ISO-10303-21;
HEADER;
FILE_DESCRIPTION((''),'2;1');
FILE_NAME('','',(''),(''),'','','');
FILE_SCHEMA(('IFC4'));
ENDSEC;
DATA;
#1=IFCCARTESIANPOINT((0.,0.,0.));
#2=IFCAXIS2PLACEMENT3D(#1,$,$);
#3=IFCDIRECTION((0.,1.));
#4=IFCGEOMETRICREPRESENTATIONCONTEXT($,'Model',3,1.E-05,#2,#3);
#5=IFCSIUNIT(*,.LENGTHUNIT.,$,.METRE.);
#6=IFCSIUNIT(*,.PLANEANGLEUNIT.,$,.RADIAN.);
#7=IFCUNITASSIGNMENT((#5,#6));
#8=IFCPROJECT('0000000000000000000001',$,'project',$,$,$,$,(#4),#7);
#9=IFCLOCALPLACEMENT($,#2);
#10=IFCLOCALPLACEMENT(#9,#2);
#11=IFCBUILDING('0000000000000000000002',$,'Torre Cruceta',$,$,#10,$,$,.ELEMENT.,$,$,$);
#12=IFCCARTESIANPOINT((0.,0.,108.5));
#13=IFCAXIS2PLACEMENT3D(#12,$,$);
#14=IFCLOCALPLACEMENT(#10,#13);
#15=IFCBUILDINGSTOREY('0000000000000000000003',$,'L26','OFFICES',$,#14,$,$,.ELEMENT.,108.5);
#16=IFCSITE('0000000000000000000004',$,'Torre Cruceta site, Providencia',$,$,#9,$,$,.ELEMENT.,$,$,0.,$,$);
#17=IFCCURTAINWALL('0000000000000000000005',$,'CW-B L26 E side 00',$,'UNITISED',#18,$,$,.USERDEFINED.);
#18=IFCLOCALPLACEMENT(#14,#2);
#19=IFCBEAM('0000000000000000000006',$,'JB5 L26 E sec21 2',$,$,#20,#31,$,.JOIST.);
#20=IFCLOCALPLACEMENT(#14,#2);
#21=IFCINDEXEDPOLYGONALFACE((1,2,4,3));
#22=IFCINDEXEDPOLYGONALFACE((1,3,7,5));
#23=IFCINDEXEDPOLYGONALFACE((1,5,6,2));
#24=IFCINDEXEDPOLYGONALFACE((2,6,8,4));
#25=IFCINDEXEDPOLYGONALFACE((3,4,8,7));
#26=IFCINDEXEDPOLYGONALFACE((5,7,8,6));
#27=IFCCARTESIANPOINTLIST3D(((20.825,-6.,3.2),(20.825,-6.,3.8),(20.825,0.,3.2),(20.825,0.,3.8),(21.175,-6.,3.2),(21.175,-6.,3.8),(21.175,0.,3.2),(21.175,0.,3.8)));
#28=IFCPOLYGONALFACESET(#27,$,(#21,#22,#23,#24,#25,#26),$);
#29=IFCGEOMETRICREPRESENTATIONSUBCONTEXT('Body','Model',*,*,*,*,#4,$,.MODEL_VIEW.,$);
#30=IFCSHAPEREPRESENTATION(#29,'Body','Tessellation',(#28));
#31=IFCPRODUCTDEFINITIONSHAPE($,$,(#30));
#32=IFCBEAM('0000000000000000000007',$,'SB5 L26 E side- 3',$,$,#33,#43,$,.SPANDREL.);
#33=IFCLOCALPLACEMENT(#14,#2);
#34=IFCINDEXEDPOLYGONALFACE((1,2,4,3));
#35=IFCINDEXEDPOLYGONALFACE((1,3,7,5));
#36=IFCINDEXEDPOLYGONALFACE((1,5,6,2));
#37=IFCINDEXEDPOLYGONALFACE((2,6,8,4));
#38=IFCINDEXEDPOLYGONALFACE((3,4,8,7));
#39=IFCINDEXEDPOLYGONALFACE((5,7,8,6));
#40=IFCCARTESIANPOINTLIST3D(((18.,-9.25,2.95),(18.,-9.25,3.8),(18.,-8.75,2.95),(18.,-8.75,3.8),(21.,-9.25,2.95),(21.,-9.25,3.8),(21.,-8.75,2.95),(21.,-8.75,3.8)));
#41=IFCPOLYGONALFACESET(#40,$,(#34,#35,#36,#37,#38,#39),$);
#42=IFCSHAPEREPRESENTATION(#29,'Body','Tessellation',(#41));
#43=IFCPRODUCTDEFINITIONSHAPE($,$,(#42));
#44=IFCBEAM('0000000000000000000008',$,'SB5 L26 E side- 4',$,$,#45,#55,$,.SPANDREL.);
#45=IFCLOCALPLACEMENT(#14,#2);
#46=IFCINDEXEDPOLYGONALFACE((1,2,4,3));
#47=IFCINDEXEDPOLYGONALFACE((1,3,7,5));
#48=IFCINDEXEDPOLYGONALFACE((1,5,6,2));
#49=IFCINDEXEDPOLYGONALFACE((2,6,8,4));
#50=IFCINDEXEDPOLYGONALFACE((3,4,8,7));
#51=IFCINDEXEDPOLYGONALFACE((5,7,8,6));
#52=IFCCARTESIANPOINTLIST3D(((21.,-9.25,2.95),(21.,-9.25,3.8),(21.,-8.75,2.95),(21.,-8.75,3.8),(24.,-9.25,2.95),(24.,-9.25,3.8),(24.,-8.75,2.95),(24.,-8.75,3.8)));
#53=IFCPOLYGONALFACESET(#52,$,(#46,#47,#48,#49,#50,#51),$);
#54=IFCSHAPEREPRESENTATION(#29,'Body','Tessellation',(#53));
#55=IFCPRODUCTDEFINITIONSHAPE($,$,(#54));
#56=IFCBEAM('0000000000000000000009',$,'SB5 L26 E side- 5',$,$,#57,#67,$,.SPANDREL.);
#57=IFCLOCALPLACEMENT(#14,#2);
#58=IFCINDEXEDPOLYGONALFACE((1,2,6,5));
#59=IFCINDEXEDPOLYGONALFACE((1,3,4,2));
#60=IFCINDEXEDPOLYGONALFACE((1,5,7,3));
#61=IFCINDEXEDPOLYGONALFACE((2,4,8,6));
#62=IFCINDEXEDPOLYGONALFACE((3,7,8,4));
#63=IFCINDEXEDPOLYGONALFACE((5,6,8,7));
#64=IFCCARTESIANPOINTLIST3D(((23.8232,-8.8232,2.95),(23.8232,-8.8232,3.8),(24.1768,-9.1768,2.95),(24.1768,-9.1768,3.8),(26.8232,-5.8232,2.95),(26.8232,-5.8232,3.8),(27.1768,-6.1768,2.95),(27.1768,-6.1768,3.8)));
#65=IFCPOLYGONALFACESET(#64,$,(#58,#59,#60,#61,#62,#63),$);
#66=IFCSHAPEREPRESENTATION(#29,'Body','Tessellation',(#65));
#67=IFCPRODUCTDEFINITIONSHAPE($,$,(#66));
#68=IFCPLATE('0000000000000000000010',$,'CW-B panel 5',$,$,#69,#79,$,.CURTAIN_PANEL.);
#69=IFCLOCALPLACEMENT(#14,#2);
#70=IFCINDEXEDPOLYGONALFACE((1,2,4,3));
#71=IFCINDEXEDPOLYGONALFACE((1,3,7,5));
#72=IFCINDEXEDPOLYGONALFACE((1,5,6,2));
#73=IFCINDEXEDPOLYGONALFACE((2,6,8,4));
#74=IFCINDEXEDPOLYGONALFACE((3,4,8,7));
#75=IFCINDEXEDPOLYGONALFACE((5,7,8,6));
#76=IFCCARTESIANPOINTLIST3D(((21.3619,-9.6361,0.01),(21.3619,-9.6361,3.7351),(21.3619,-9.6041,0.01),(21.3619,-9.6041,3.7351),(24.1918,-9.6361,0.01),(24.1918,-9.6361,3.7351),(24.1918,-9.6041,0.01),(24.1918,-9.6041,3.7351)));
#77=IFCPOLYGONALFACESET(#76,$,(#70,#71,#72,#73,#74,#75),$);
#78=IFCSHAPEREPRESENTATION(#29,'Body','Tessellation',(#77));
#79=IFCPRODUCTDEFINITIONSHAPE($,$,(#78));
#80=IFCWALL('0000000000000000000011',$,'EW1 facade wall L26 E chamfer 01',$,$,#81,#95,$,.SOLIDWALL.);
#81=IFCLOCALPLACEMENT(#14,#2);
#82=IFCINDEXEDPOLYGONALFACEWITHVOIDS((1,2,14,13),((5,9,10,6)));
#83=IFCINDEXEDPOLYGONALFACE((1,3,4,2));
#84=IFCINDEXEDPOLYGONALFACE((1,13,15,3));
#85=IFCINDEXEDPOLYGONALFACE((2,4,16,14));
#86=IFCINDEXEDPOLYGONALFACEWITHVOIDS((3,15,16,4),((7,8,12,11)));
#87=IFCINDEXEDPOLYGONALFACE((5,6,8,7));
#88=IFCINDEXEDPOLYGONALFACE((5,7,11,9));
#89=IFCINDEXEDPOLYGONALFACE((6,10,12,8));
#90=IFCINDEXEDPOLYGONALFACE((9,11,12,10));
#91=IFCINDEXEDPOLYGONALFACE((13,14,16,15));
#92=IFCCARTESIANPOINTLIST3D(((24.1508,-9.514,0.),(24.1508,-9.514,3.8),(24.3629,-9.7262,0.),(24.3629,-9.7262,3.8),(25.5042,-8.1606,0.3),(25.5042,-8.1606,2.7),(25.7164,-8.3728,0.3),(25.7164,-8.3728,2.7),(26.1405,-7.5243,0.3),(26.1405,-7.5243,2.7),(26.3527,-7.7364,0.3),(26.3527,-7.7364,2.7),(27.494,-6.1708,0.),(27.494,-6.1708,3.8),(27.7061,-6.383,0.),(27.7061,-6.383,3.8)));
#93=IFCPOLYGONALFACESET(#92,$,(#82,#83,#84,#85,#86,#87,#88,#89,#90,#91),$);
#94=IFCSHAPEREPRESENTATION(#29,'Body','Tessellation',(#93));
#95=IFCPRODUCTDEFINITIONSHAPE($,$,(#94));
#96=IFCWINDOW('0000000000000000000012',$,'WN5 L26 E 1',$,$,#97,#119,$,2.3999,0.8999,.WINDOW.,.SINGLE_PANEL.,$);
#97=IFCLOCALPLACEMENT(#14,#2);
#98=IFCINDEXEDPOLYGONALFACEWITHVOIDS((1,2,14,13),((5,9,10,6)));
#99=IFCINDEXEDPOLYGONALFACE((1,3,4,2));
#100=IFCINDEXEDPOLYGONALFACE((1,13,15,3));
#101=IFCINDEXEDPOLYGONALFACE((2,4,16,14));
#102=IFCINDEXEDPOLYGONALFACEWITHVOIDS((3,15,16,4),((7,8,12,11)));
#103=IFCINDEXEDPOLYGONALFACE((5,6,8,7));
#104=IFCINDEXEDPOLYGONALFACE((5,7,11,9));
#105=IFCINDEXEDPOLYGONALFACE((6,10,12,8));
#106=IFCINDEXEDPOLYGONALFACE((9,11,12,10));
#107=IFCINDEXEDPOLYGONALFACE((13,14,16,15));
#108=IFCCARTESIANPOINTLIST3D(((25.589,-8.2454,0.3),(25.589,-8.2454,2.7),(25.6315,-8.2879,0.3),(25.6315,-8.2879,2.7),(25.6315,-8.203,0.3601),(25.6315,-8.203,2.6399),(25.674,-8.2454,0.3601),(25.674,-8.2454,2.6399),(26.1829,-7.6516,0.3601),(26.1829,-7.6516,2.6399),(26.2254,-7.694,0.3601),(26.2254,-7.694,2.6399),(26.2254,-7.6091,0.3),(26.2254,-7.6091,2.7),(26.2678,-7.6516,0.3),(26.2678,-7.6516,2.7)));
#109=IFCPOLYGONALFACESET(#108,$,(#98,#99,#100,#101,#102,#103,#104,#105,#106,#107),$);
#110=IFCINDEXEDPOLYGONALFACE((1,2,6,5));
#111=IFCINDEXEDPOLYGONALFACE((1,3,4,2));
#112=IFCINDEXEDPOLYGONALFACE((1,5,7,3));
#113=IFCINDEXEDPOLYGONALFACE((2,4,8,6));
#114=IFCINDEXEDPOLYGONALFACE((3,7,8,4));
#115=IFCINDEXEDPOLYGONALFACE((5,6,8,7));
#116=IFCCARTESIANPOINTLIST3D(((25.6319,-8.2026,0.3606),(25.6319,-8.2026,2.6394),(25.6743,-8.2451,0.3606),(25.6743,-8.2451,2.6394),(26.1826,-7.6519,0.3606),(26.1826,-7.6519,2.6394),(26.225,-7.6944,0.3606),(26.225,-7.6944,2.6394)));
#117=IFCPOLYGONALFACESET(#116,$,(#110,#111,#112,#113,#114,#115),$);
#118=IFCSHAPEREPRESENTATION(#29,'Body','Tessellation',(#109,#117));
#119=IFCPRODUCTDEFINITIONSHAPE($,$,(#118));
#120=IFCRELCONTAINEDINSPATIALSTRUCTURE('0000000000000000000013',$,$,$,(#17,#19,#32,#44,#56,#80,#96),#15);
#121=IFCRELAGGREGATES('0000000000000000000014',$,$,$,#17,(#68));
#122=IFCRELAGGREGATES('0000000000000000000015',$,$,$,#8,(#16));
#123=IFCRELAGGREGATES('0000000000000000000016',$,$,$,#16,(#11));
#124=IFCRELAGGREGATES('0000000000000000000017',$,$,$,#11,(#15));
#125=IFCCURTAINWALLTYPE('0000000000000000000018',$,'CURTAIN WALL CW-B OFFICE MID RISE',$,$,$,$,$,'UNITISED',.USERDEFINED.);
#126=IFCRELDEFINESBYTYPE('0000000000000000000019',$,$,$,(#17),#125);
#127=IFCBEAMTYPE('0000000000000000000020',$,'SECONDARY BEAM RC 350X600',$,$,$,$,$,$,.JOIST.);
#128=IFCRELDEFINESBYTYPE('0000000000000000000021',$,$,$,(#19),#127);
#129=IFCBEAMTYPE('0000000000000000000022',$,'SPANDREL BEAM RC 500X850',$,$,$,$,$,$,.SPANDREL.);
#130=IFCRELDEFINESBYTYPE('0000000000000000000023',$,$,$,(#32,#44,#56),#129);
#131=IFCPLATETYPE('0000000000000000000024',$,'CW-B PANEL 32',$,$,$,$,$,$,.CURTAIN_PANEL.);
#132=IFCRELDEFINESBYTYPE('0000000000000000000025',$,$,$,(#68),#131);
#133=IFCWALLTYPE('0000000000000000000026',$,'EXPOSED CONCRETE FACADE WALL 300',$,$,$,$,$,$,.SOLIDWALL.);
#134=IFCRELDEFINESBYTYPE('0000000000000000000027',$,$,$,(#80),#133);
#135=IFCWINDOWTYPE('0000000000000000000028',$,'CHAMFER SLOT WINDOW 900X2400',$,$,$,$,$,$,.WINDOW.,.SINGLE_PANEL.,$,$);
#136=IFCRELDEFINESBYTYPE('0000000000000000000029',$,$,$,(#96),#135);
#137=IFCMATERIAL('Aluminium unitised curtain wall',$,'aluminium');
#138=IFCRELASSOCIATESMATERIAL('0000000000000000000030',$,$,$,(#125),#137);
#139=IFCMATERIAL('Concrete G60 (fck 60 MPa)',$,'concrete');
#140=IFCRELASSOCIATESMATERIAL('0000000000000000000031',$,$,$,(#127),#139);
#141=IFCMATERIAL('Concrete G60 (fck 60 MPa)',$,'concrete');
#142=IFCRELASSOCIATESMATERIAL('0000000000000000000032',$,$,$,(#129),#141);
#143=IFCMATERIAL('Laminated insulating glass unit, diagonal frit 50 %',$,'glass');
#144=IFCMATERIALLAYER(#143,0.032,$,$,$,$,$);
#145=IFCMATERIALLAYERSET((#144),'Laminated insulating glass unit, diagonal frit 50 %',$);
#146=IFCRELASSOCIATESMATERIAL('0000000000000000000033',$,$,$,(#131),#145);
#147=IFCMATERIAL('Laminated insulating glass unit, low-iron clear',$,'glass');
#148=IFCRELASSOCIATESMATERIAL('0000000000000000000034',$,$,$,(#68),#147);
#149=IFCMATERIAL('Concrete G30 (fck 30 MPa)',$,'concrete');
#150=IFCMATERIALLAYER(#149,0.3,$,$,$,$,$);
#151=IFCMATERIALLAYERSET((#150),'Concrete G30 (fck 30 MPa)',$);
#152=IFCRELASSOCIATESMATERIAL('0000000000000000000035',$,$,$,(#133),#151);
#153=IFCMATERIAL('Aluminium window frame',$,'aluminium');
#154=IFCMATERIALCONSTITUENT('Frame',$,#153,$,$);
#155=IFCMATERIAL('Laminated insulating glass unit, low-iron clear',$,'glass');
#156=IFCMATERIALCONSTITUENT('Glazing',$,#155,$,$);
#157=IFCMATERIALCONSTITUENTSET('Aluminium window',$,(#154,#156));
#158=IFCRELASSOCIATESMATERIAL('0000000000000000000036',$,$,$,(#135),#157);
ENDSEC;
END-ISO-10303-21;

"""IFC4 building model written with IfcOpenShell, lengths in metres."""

from ifc_helpers import new_model, si_unit, direction, frame, frame_2d, origin, origin_2d, place, context, subcontext, project, spatial, rectangle, hollow_rectangle, extrude, material, layer, layer_set, constituent, constituent_set, material_profile, profile_set, type_object, element, fill, aggregate, save


model = new_model("IFC4")

# Units and contexts
model_context = context("Model", 3, precision=1e-05, world=origin(), true_north=direction((0.0, 1.0)))
body_context = subcontext(model_context, "Body", "Model", "MODEL_VIEW")
ifc_project = project(units=[si_unit("LENGTHUNIT", "METRE"), si_unit("PLANEANGLEUNIT", "RADIAN")], contexts=[model_context])

# Site, building, storey
site_placement = place(None, origin())
site = spatial("IfcSite", under=ifc_project, at=site_placement, Name="Torre Cruceta site, Providencia", CompositionType="ELEMENT", RefElevation=0.0)
building_placement = place(site_placement, origin())
building = spatial("IfcBuilding", under=site, at=building_placement, Name="Torre Cruceta", CompositionType="ELEMENT")
storey_placement = place(building_placement, frame((0.0, 0.0, 108.5)))
storey = spatial("IfcBuildingStorey", under=building, at=storey_placement, Name="L26", Description="OFFICES", CompositionType="ELEMENT", Elevation=108.5)

# Curtain wall
ifc_material_1 = material(Name="Aluminium unitised curtain wall", Category="aluminium")
curtain_wall_type = type_object("IfcCurtainWallType", Name="CURTAIN WALL CW-B OFFICE MID RISE", ElementType="UNITISED", PredefinedType="USERDEFINED", material=ifc_material_1)
curtain_wall_placement = place(storey_placement, origin())
curtain_wall = element("IfcCurtainWall", 1, at=curtain_wall_placement, inside=storey, type_object=curtain_wall_type, Name="CW-B L26 E side 00", ObjectType="UNITISED", PredefinedType="USERDEFINED")

# Beams
ifc_material_2 = material(Name="Concrete G60 (fck 60 MPa)", Category="concrete")
ifc_material_profile_1 = material_profile(ifc_material_2, rectangle(XDim=0.3501, YDim=0.6001, at=origin_2d()), Name="RC 350X600")
ifc_profile_set_1 = profile_set([ifc_material_profile_1], Name="Concrete G60 (fck 60 MPa)")
beam_type_1 = type_object("IfcBeamType", Name="SECONDARY BEAM RC 350X600", PredefinedType="JOIST", material=ifc_profile_set_1)
beam_1_placement = place(storey_placement, frame((21.0, -6.0, 3.5), z_axis=(0.0, 1.0, 0.0), x_axis=(-1.0, 0.0, 0.0)))
element("IfcBeam", 2, at=beam_1_placement, inside=storey, type_object=beam_type_1, Name="JB5 L26 E sec21 2", PredefinedType="JOIST", context=body_context, shape_type="SweptSolid", body=[
    extrude(rectangle(XDim=0.3501, YDim=0.6001, at=origin_2d()), origin(), (0.0, 0.0, 1.0), 6.0),
])
ifc_material_3 = material(Name="Concrete G60 (fck 60 MPa)", Category="concrete")
ifc_material_profile_2 = material_profile(ifc_material_3, rectangle(XDim=0.5, YDim=0.8501, at=origin_2d()), Name="RC 500X850")
ifc_profile_set_2 = profile_set([ifc_material_profile_2], Name="Concrete G60 (fck 60 MPa)")
beam_type_2 = type_object("IfcBeamType", Name="SPANDREL BEAM RC 500X850", PredefinedType="SPANDREL", material=ifc_profile_set_2)
for number, where, z_axis, x_axis, name in (
    (3, (18.0, -9.0, 3.375), (1.0, 0.0, 0.0), (0.0, 1.0, 0.0), "SB5 L26 E side- 3"),
    (4, (21.0, -9.0, 3.375), (1.0, 0.0, 0.0), (0.0, 1.0, 0.0), "SB5 L26 E side- 4"),
):
    element("IfcBeam", number, at=place(storey_placement, frame(where, z_axis=z_axis, x_axis=x_axis)), inside=storey, type_object=beam_type_2, Name=name, PredefinedType="SPANDREL", context=body_context, shape_type="SweptSolid", body=[
        extrude(rectangle(XDim=0.5, YDim=0.8501, at=origin_2d()), origin(), (0.0, 0.0, 1.0), 3.0),
    ])
beam_2_placement = place(storey_placement, frame((24.0, -9.0, 3.375), z_axis=(0.707107, 0.707107, 0.0), x_axis=(-0.707107, 0.707107, 0.0)))
element("IfcBeam", 5, at=beam_2_placement, inside=storey, type_object=beam_type_2, Name="SB5 L26 E side- 5", PredefinedType="SPANDREL", context=body_context, shape_type="SweptSolid", body=[
    extrude(rectangle(XDim=0.5, YDim=0.8501, at=origin_2d()), origin(), (0.0, 0.0, 1.0), 4.2427),
])

# Plate
ifc_material_4 = material(Name="Laminated insulating glass unit, low-iron clear", Category="glass")
ifc_material_5 = material(Name="Laminated insulating glass unit, diagonal frit 50 %", Category="glass")
ifc_layer_1 = layer(ifc_material_5, 0.032)
ifc_layer_set_1 = layer_set([ifc_layer_1], Name="Laminated insulating glass unit, diagonal frit 50 %")
plate_type = type_object("IfcPlateType", Name="CW-B PANEL 32", PredefinedType="CURTAIN_PANEL", material=ifc_layer_set_1)
plate_placement = place(storey_placement, frame((22.7769, -9.6201, 0.01), z_axis=(0.0, 0.0, 1.0), x_axis=(1.0, 0.0, 0.0)))
plate = element("IfcPlate", 6, at=plate_placement, type_object=plate_type, material=ifc_material_4, Name="CW-B panel 5", PredefinedType="CURTAIN_PANEL", context=body_context, shape_type="SweptSolid", body=[
    extrude(rectangle(XDim=2.8298, YDim=0.032, at=origin_2d()), origin(), (0.0, 0.0, 1.0), 3.7251),
])
aggregate(curtain_wall, [plate])

# Wall, opening, window
ifc_material_6 = material(Name="Concrete G30 (fck 30 MPa)", Category="concrete")
ifc_layer_2 = layer(ifc_material_6, 0.3)
ifc_layer_set_2 = layer_set([ifc_layer_2], Name="Concrete G30 (fck 30 MPa)")
wall_type_1 = type_object("IfcWallType", Name="EXPOSED CONCRETE FACADE WALL 300", PredefinedType="SOLIDWALL", material=ifc_layer_set_2)
wall_1_placement = place(storey_placement, frame((24.2568, -9.6201, 0.0), z_axis=(0.0, 0.0, 1.0), x_axis=(0.707107, 0.707107, 0.0)))
wall_1 = element("IfcWall", 7, at=wall_1_placement, inside=storey, type_object=wall_type_1, Name="EW1 facade wall L26 E chamfer 01", PredefinedType="SOLIDWALL", context=body_context, shape_type="SweptSolid", body=[
    extrude(rectangle(XDim=4.728, YDim=0.3, at=frame_2d((2.364, 0.0))), origin(), (0.0, 0.0, 1.0), 3.8),
])
opening_1_placement = place(wall_1_placement, frame((1.9141, 0.0, 0.3)))
opening_1 = element("IfcOpeningElement", 8, at=opening_1_placement, cuts=wall_1, PredefinedType="OPENING", context=body_context, shape_type="SweptSolid", body=[
    extrude(rectangle(XDim=0.8999, YDim=2.3999, at=frame_2d((0.45, 1.2))), frame((0.0, 0.1599, 0.0), z_axis=(0.0, -1.0, 0.0), x_axis=(1.0, 0.0, 0.0)), (0.0, 0.0, 1.0), 0.3201),
])
ifc_material_7 = material(Name="Aluminium window frame", Category="aluminium")
ifc_constituent_1 = constituent(ifc_material_7, Name="Frame")
ifc_material_8 = material(Name="Laminated insulating glass unit, low-iron clear", Category="glass")
ifc_constituent_2 = constituent(ifc_material_8, Name="Glazing")
ifc_constituent_set_1 = constituent_set(constituents=[ifc_constituent_1, ifc_constituent_2], Name="Aluminium window")
window_type_1 = type_object("IfcWindowType", Name="CHAMFER SLOT WINDOW 900X2400", PartitioningType="SINGLE_PANEL", PredefinedType="WINDOW", material=ifc_constituent_set_1)
window_1_placement = place(opening_1_placement, origin())
window_1 = element("IfcWindow", 9, at=window_1_placement, inside=storey, type_object=window_type_1, Name="WN5 L26 E 1", OverallHeight=2.3999, OverallWidth=0.8999, PartitioningType="SINGLE_PANEL", PredefinedType="WINDOW", context=body_context, shape_type="SweptSolid", body=[
    extrude(hollow_rectangle(XDim=0.8999, YDim=2.3999, WallThickness=0.0601, at=frame_2d((0.45, 1.2))), frame((0.0, 0.03, 0.0), z_axis=(0.0, -1.0, 0.0), x_axis=(1.0, 0.0, 0.0)), (0.0, 0.0, 1.0), 0.0601),
    extrude(rectangle(XDim=0.7788, YDim=2.2788, at=frame_2d((0.45, 1.2))), frame((0.0, 0.03, 0.0), z_axis=(0.0, -1.0, 0.0), x_axis=(1.0, 0.0, 0.0)), (0.0, 0.0, 1.0), 0.0601),
])
fill(opening_1, window_1)

save(model, "model.ifc")
